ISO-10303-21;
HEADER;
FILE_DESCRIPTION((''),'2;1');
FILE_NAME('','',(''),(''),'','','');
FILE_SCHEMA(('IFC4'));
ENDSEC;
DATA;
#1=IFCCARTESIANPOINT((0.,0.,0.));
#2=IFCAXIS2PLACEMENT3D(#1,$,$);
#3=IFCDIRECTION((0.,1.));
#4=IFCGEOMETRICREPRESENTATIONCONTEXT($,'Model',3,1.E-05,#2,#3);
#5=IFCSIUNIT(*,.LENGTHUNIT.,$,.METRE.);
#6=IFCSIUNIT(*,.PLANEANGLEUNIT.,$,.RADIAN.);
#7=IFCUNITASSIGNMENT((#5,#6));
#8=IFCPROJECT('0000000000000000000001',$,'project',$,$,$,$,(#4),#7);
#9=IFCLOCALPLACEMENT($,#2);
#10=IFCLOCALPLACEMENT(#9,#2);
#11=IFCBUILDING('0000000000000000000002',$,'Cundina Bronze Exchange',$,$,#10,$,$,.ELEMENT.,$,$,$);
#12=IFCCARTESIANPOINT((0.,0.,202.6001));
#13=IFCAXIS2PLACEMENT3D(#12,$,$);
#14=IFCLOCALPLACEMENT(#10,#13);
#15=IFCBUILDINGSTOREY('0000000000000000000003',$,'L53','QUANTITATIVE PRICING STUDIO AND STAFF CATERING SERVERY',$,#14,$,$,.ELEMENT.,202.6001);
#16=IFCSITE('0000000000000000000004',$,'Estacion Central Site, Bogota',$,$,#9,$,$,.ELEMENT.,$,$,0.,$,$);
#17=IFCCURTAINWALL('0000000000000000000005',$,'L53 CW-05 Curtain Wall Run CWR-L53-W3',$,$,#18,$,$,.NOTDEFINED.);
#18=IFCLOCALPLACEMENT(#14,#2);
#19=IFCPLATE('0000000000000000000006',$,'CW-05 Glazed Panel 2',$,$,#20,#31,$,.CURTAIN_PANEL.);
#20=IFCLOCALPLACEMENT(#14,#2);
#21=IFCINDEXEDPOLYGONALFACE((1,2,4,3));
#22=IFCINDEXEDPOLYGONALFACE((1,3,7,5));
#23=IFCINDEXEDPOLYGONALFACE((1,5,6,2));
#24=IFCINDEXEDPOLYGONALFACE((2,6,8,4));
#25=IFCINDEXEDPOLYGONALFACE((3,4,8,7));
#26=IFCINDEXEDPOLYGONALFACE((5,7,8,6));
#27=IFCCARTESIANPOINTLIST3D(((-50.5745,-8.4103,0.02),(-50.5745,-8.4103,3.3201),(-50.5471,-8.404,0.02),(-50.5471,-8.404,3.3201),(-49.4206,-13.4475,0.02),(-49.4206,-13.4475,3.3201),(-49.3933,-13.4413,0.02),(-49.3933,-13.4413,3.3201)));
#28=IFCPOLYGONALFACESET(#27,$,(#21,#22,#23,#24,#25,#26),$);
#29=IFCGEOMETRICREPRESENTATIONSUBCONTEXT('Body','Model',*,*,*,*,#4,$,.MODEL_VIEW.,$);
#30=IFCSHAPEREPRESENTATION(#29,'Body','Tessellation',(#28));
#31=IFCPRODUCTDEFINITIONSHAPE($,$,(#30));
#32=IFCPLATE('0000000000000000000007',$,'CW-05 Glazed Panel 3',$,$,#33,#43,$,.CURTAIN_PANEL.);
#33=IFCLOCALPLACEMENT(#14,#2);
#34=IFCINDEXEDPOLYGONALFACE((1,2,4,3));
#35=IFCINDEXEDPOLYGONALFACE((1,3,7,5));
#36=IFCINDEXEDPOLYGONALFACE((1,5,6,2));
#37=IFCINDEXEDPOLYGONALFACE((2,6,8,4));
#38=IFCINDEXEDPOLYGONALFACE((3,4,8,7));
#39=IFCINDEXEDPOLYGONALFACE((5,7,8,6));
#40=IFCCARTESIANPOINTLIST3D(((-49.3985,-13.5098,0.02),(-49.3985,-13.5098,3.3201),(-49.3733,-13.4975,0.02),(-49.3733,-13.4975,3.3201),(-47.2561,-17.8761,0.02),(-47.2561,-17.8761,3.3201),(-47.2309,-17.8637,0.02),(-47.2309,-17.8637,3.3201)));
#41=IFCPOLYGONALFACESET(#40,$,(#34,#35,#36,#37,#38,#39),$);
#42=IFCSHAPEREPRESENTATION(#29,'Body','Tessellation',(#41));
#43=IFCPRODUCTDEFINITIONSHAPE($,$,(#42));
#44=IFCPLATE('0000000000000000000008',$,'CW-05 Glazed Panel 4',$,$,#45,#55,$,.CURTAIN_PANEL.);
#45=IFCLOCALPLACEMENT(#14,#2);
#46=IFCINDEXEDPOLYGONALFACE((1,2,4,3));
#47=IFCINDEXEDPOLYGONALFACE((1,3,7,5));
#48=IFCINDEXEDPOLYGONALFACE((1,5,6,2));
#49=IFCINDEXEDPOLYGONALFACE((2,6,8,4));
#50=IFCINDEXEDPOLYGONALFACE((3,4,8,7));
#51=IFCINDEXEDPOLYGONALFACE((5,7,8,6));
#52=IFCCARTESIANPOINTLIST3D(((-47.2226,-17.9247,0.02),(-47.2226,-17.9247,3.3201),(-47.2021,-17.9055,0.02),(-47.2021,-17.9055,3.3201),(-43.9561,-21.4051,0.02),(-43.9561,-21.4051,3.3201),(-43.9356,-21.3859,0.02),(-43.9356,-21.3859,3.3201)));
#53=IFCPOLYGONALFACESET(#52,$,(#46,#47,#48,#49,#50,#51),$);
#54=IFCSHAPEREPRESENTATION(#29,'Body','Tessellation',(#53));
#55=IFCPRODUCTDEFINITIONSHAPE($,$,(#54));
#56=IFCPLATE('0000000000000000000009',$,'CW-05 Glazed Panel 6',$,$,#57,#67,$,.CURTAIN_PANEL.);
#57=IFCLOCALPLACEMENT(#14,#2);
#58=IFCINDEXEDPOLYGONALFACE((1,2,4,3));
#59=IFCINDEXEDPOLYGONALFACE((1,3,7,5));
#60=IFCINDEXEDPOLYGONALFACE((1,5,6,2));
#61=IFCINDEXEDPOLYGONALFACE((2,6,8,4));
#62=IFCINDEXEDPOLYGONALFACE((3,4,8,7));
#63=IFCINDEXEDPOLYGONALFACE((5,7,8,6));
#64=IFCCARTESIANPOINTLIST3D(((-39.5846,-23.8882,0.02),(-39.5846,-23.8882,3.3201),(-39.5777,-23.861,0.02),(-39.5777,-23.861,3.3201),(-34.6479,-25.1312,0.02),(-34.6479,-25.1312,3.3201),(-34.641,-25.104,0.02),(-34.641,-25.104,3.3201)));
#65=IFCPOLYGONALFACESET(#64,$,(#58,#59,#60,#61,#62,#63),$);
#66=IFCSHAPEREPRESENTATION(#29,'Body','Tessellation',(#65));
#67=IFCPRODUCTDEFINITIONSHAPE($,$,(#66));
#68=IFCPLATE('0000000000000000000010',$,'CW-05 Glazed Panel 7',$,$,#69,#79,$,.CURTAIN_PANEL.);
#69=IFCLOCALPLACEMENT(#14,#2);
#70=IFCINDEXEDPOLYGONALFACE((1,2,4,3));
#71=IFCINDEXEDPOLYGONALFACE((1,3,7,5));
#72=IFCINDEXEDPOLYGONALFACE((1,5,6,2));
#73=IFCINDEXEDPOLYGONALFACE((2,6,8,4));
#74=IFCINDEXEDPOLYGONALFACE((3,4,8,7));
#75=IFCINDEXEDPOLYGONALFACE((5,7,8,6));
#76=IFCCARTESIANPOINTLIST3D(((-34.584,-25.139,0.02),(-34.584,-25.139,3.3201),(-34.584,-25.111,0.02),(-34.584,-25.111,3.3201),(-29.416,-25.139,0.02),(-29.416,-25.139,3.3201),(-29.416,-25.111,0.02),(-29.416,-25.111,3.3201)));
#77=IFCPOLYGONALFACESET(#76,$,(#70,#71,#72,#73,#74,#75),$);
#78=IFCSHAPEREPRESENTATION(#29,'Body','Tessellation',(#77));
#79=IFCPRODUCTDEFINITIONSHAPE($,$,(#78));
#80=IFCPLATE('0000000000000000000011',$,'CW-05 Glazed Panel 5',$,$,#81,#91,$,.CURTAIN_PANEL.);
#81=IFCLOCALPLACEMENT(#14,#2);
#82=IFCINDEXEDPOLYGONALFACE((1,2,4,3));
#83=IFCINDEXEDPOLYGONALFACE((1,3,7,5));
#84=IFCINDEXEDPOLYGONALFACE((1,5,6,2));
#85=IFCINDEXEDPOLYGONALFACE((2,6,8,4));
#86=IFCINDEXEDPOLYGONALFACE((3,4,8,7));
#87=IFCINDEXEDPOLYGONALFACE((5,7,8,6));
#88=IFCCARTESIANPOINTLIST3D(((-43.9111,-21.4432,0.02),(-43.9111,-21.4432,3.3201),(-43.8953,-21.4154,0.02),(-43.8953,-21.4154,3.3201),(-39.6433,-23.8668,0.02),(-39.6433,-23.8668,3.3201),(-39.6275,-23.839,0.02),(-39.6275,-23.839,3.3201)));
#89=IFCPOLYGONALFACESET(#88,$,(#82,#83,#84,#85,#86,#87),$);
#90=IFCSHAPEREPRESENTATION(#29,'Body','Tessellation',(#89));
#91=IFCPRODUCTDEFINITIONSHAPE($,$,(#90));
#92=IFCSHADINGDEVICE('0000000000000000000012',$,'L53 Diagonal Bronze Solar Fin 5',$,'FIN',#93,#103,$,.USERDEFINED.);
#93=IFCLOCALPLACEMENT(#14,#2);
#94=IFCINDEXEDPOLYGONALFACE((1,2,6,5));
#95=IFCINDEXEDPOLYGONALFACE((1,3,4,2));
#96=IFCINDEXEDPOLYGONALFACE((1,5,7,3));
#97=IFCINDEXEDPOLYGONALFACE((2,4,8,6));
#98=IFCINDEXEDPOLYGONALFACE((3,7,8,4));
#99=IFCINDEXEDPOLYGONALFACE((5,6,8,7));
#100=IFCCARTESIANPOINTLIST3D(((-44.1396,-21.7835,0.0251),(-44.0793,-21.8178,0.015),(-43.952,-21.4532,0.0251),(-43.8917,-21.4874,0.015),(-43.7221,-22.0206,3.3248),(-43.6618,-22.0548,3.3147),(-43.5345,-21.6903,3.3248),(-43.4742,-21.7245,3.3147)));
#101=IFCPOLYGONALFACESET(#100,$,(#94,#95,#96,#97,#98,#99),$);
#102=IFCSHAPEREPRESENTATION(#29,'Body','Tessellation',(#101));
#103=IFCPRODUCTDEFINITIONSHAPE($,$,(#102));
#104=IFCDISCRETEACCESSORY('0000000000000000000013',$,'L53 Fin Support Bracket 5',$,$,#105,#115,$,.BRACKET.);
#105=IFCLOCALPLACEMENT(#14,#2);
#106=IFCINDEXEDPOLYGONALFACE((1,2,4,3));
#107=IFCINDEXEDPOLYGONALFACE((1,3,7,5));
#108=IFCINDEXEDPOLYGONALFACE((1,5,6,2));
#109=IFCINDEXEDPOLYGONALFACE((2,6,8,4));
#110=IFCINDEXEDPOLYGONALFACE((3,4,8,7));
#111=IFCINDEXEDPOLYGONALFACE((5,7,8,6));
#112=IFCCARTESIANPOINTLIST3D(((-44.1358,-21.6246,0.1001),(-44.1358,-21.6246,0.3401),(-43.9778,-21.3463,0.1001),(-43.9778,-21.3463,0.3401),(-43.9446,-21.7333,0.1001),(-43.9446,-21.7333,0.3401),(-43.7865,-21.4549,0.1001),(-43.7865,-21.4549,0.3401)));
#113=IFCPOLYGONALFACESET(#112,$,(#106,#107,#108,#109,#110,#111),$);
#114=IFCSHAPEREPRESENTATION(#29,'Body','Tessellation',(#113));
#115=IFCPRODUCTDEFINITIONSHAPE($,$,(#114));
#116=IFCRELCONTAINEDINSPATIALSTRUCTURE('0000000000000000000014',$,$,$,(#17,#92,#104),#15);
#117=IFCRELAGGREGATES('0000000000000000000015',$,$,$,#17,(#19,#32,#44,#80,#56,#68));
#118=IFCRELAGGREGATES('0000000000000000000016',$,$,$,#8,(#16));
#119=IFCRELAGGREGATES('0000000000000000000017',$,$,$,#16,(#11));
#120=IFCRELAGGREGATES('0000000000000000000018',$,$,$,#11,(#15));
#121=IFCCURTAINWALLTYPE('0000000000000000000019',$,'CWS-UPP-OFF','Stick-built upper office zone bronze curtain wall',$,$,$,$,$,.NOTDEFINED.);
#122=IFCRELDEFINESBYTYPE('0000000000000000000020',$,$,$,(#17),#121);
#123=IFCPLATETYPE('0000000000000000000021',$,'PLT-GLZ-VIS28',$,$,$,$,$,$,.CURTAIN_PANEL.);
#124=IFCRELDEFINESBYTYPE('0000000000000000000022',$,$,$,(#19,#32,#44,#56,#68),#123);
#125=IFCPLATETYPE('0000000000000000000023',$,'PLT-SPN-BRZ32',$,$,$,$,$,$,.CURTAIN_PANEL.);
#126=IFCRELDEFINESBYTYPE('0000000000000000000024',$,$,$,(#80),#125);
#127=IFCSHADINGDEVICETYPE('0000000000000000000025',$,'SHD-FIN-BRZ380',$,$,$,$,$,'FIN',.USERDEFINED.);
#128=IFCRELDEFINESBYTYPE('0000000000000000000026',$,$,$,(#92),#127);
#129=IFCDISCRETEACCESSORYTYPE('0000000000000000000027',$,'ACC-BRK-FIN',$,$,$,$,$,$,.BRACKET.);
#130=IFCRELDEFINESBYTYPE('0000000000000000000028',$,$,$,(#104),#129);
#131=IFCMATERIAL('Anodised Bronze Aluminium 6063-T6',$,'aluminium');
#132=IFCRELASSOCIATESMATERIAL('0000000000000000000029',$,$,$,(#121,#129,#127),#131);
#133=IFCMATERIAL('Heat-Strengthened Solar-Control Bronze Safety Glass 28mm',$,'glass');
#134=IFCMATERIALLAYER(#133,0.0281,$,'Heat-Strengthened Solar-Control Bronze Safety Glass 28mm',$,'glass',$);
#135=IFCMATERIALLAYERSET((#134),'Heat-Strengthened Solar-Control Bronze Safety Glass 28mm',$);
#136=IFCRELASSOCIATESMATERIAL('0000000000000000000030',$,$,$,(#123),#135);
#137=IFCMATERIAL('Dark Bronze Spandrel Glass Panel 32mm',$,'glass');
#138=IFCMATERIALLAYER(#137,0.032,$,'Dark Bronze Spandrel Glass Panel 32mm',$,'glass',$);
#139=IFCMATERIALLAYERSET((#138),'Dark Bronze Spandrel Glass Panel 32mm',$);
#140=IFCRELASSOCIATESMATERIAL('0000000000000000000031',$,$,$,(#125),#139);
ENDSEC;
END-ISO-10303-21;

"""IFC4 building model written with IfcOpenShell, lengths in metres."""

from ifc_helpers import new_model, si_unit, direction, frame, origin, origin_2d, place, context, subcontext, project, spatial, rectangle, extrude, material, layer, layer_set, material_profile, profile_set, type_object, element, aggregate, save


model = new_model("IFC4")

# Units and contexts
model_context = context("Model", 3, precision=1e-05, world=origin(), true_north=direction((0.0, 1.0)))
body_context = subcontext(model_context, "Body", "Model", "MODEL_VIEW")
ifc_project = project(units=[si_unit("LENGTHUNIT", "METRE"), si_unit("PLANEANGLEUNIT", "RADIAN")], contexts=[model_context])

# Site, building, storey
site_placement = place(None, origin())
site = spatial("IfcSite", under=ifc_project, at=site_placement, Name="Estacion Central Site, Bogota", CompositionType="ELEMENT", RefElevation=0.0)
building_placement = place(site_placement, origin())
building = spatial("IfcBuilding", under=site, at=building_placement, Name="Cundina Bronze Exchange", CompositionType="ELEMENT")
storey_placement = place(building_placement, frame((0.0, 0.0, 202.6001)))
storey = spatial("IfcBuildingStorey", under=building, at=storey_placement, Name="L53", Description="QUANTITATIVE PRICING STUDIO AND STAFF CATERING SERVERY", CompositionType="ELEMENT", Elevation=202.6001)

# Curtain wall
ifc_material_1 = material(Name="Anodised Bronze Aluminium 6063-T6", Category="aluminium")
curtain_wall_type = type_object("IfcCurtainWallType", Name="CWS-UPP-OFF", Description="Stick-built upper office zone bronze curtain wall", PredefinedType="NOTDEFINED", material=ifc_material_1)
curtain_wall_1_placement = place(storey_placement, origin())
curtain_wall_1 = element("IfcCurtainWall", 1, at=curtain_wall_1_placement, inside=storey, type_object=curtain_wall_type, Name="L53 CW-05 Curtain Wall Run CWR-L53-W3", PredefinedType="NOTDEFINED")

# Plates
ifc_material_2 = material(Name="Heat-Strengthened Solar-Control Bronze Safety Glass 28mm", Category="glass")
ifc_layer_1 = layer(ifc_material_2, 0.0281, Name="Heat-Strengthened Solar-Control Bronze Safety Glass 28mm", Category="glass")
ifc_layer_set_1 = layer_set([ifc_layer_1], Name="Heat-Strengthened Solar-Control Bronze Safety Glass 28mm")
plate_type_1 = type_object("IfcPlateType", Name="PLT-GLZ-VIS28", PredefinedType="CURTAIN_PANEL", material=ifc_layer_set_1)
plate_1_placement = place(storey_placement, frame((-49.9839, -10.9258, 0.02), z_axis=(0.0, 0.0, 1.0), x_axis=(0.223284, -0.974753, 0.0)))
plate_1 = element("IfcPlate", 2, at=plate_1_placement, type_object=plate_type_1, Name="CW-05 Glazed Panel 2", PredefinedType="CURTAIN_PANEL", context=body_context, shape_type="SweptSolid", body=[
    extrude(rectangle(XDim=5.1677, YDim=0.0281, at=origin_2d()), origin(), (0.0, 0.0, 1.0), 3.3),
])
plate_2_placement = place(storey_placement, frame((-48.3147, -15.6868, 0.02), z_axis=(0.0, 0.0, 1.0), x_axis=(0.440503, -0.897751, 0.0)))
plate_2 = element("IfcPlate", 3, at=plate_2_placement, type_object=plate_type_1, Name="CW-05 Glazed Panel 3", PredefinedType="CURTAIN_PANEL", context=body_context, shape_type="SweptSolid", body=[
    extrude(rectangle(XDim=4.8635, YDim=0.0281, at=origin_2d()), origin(), (0.0, 0.0, 1.0), 3.3),
])
plate_3_placement = place(storey_placement, frame((-45.5791, -19.6553, 0.02), z_axis=(0.0, 0.0, 1.0), x_axis=(0.684344, -0.72916, 0.0)))
plate_3 = element("IfcPlate", 4, at=plate_3_placement, type_object=plate_type_1, Name="CW-05 Glazed Panel 4", PredefinedType="CURTAIN_PANEL", context=body_context, shape_type="SweptSolid", body=[
    extrude(rectangle(XDim=4.7732, YDim=0.0281, at=origin_2d()), origin(), (0.0, 0.0, 1.0), 3.3),
])
plate_4_placement = place(storey_placement, frame((-37.1128, -24.4961, 0.02), z_axis=(0.0, 0.0, 1.0), x_axis=(0.969732, -0.244174, 0.0)))
plate_4 = element("IfcPlate", 5, at=plate_4_placement, type_object=plate_type_1, Name="CW-05 Glazed Panel 6", PredefinedType="CURTAIN_PANEL", context=body_context, shape_type="SweptSolid", body=[
    extrude(rectangle(XDim=5.0908, YDim=0.0281, at=origin_2d()), origin(), (0.0, 0.0, 1.0), 3.3),
])
plate_5_placement = place(storey_placement, frame((-32.0, -25.125, 0.02), z_axis=(0.0, 0.0, 1.0), x_axis=(1.0, 0.0, 0.0)))
plate_5 = element("IfcPlate", 6, at=plate_5_placement, type_object=plate_type_1, Name="CW-05 Glazed Panel 7", PredefinedType="CURTAIN_PANEL", context=body_context, shape_type="SweptSolid", body=[
    extrude(rectangle(XDim=5.168, YDim=0.0281, at=origin_2d()), origin(), (0.0, 0.0, 1.0), 3.3),
])
ifc_material_3 = material(Name="Dark Bronze Spandrel Glass Panel 32mm", Category="glass")
ifc_layer_2 = layer(ifc_material_3, 0.032, Name="Dark Bronze Spandrel Glass Panel 32mm", Category="glass")
ifc_layer_set_2 = layer_set([ifc_layer_2], Name="Dark Bronze Spandrel Glass Panel 32mm")
plate_type_2 = type_object("IfcPlateType", Name="PLT-SPN-BRZ32", PredefinedType="CURTAIN_PANEL", material=ifc_layer_set_2)
plate_6_placement = place(storey_placement, frame((-41.7693, -22.6411, 0.02), z_axis=(0.0, 0.0, 1.0), x_axis=(0.869573, -0.493805, 0.0)))
plate_6 = element("IfcPlate", 7, at=plate_6_placement, type_object=plate_type_2, Name="CW-05 Glazed Panel 5", PredefinedType="CURTAIN_PANEL", context=body_context, shape_type="SweptSolid", body=[
    extrude(rectangle(XDim=4.908, YDim=0.032, at=origin_2d()), origin(), (0.0, 0.0, 1.0), 3.3),
])
aggregate(curtain_wall_1, [plate_1, plate_2, plate_3, plate_6, plate_4, plate_5])

# Shading device
ifc_material_profile_1 = material_profile(ifc_material_1, rectangle(XDim=0.0701, YDim=0.3799, at=origin_2d()), Name="FIN70X380", Category="aluminium")
ifc_profile_set_1 = profile_set([ifc_material_profile_1], Name="Anodised Bronze Aluminium 6063-T6")
shading_device_type = type_object("IfcShadingDeviceType", Name="SHD-FIN-BRZ380", ElementType="FIN", PredefinedType="USERDEFINED", material=ifc_profile_set_1)
shading_device_placement = place(storey_placement, frame((-44.0156, -21.6355, 0.02), z_axis=(0.125199, -0.071092, 0.989581), x_axis=(-0.860526, 0.488638, 0.143975)))
element("IfcShadingDevice", 8, at=shading_device_placement, inside=storey, type_object=shading_device_type, Name="L53 Diagonal Bronze Solar Fin 5", ObjectType="FIN", PredefinedType="USERDEFINED", context=body_context, shape_type="SweptSolid", body=[
    extrude(rectangle(XDim=0.0701, YDim=0.3799, at=origin_2d()), origin(), (0.0, 0.0, 1.0), 3.3345),
])

# Discrete accessory
discrete_accessory_type = type_object("IfcDiscreteAccessoryType", Name="ACC-BRK-FIN", PredefinedType="BRACKET", material=ifc_material_1)
discrete_accessory_placement = place(storey_placement, frame((-43.9612, -21.5398, 0.1001), z_axis=(0.0, 0.0, 1.0), x_axis=(0.869573, -0.493805, 0.0)))
element("IfcDiscreteAccessory", 9, at=discrete_accessory_placement, inside=storey, type_object=discrete_accessory_type, Name="L53 Fin Support Bracket 5", PredefinedType="BRACKET", context=body_context, shape_type="SweptSolid", body=[
    extrude(rectangle(XDim=0.22, YDim=0.3201, at=origin_2d()), origin(), (0.0, 0.0, 1.0), 0.24),
])

save(model, "model.ifc")
